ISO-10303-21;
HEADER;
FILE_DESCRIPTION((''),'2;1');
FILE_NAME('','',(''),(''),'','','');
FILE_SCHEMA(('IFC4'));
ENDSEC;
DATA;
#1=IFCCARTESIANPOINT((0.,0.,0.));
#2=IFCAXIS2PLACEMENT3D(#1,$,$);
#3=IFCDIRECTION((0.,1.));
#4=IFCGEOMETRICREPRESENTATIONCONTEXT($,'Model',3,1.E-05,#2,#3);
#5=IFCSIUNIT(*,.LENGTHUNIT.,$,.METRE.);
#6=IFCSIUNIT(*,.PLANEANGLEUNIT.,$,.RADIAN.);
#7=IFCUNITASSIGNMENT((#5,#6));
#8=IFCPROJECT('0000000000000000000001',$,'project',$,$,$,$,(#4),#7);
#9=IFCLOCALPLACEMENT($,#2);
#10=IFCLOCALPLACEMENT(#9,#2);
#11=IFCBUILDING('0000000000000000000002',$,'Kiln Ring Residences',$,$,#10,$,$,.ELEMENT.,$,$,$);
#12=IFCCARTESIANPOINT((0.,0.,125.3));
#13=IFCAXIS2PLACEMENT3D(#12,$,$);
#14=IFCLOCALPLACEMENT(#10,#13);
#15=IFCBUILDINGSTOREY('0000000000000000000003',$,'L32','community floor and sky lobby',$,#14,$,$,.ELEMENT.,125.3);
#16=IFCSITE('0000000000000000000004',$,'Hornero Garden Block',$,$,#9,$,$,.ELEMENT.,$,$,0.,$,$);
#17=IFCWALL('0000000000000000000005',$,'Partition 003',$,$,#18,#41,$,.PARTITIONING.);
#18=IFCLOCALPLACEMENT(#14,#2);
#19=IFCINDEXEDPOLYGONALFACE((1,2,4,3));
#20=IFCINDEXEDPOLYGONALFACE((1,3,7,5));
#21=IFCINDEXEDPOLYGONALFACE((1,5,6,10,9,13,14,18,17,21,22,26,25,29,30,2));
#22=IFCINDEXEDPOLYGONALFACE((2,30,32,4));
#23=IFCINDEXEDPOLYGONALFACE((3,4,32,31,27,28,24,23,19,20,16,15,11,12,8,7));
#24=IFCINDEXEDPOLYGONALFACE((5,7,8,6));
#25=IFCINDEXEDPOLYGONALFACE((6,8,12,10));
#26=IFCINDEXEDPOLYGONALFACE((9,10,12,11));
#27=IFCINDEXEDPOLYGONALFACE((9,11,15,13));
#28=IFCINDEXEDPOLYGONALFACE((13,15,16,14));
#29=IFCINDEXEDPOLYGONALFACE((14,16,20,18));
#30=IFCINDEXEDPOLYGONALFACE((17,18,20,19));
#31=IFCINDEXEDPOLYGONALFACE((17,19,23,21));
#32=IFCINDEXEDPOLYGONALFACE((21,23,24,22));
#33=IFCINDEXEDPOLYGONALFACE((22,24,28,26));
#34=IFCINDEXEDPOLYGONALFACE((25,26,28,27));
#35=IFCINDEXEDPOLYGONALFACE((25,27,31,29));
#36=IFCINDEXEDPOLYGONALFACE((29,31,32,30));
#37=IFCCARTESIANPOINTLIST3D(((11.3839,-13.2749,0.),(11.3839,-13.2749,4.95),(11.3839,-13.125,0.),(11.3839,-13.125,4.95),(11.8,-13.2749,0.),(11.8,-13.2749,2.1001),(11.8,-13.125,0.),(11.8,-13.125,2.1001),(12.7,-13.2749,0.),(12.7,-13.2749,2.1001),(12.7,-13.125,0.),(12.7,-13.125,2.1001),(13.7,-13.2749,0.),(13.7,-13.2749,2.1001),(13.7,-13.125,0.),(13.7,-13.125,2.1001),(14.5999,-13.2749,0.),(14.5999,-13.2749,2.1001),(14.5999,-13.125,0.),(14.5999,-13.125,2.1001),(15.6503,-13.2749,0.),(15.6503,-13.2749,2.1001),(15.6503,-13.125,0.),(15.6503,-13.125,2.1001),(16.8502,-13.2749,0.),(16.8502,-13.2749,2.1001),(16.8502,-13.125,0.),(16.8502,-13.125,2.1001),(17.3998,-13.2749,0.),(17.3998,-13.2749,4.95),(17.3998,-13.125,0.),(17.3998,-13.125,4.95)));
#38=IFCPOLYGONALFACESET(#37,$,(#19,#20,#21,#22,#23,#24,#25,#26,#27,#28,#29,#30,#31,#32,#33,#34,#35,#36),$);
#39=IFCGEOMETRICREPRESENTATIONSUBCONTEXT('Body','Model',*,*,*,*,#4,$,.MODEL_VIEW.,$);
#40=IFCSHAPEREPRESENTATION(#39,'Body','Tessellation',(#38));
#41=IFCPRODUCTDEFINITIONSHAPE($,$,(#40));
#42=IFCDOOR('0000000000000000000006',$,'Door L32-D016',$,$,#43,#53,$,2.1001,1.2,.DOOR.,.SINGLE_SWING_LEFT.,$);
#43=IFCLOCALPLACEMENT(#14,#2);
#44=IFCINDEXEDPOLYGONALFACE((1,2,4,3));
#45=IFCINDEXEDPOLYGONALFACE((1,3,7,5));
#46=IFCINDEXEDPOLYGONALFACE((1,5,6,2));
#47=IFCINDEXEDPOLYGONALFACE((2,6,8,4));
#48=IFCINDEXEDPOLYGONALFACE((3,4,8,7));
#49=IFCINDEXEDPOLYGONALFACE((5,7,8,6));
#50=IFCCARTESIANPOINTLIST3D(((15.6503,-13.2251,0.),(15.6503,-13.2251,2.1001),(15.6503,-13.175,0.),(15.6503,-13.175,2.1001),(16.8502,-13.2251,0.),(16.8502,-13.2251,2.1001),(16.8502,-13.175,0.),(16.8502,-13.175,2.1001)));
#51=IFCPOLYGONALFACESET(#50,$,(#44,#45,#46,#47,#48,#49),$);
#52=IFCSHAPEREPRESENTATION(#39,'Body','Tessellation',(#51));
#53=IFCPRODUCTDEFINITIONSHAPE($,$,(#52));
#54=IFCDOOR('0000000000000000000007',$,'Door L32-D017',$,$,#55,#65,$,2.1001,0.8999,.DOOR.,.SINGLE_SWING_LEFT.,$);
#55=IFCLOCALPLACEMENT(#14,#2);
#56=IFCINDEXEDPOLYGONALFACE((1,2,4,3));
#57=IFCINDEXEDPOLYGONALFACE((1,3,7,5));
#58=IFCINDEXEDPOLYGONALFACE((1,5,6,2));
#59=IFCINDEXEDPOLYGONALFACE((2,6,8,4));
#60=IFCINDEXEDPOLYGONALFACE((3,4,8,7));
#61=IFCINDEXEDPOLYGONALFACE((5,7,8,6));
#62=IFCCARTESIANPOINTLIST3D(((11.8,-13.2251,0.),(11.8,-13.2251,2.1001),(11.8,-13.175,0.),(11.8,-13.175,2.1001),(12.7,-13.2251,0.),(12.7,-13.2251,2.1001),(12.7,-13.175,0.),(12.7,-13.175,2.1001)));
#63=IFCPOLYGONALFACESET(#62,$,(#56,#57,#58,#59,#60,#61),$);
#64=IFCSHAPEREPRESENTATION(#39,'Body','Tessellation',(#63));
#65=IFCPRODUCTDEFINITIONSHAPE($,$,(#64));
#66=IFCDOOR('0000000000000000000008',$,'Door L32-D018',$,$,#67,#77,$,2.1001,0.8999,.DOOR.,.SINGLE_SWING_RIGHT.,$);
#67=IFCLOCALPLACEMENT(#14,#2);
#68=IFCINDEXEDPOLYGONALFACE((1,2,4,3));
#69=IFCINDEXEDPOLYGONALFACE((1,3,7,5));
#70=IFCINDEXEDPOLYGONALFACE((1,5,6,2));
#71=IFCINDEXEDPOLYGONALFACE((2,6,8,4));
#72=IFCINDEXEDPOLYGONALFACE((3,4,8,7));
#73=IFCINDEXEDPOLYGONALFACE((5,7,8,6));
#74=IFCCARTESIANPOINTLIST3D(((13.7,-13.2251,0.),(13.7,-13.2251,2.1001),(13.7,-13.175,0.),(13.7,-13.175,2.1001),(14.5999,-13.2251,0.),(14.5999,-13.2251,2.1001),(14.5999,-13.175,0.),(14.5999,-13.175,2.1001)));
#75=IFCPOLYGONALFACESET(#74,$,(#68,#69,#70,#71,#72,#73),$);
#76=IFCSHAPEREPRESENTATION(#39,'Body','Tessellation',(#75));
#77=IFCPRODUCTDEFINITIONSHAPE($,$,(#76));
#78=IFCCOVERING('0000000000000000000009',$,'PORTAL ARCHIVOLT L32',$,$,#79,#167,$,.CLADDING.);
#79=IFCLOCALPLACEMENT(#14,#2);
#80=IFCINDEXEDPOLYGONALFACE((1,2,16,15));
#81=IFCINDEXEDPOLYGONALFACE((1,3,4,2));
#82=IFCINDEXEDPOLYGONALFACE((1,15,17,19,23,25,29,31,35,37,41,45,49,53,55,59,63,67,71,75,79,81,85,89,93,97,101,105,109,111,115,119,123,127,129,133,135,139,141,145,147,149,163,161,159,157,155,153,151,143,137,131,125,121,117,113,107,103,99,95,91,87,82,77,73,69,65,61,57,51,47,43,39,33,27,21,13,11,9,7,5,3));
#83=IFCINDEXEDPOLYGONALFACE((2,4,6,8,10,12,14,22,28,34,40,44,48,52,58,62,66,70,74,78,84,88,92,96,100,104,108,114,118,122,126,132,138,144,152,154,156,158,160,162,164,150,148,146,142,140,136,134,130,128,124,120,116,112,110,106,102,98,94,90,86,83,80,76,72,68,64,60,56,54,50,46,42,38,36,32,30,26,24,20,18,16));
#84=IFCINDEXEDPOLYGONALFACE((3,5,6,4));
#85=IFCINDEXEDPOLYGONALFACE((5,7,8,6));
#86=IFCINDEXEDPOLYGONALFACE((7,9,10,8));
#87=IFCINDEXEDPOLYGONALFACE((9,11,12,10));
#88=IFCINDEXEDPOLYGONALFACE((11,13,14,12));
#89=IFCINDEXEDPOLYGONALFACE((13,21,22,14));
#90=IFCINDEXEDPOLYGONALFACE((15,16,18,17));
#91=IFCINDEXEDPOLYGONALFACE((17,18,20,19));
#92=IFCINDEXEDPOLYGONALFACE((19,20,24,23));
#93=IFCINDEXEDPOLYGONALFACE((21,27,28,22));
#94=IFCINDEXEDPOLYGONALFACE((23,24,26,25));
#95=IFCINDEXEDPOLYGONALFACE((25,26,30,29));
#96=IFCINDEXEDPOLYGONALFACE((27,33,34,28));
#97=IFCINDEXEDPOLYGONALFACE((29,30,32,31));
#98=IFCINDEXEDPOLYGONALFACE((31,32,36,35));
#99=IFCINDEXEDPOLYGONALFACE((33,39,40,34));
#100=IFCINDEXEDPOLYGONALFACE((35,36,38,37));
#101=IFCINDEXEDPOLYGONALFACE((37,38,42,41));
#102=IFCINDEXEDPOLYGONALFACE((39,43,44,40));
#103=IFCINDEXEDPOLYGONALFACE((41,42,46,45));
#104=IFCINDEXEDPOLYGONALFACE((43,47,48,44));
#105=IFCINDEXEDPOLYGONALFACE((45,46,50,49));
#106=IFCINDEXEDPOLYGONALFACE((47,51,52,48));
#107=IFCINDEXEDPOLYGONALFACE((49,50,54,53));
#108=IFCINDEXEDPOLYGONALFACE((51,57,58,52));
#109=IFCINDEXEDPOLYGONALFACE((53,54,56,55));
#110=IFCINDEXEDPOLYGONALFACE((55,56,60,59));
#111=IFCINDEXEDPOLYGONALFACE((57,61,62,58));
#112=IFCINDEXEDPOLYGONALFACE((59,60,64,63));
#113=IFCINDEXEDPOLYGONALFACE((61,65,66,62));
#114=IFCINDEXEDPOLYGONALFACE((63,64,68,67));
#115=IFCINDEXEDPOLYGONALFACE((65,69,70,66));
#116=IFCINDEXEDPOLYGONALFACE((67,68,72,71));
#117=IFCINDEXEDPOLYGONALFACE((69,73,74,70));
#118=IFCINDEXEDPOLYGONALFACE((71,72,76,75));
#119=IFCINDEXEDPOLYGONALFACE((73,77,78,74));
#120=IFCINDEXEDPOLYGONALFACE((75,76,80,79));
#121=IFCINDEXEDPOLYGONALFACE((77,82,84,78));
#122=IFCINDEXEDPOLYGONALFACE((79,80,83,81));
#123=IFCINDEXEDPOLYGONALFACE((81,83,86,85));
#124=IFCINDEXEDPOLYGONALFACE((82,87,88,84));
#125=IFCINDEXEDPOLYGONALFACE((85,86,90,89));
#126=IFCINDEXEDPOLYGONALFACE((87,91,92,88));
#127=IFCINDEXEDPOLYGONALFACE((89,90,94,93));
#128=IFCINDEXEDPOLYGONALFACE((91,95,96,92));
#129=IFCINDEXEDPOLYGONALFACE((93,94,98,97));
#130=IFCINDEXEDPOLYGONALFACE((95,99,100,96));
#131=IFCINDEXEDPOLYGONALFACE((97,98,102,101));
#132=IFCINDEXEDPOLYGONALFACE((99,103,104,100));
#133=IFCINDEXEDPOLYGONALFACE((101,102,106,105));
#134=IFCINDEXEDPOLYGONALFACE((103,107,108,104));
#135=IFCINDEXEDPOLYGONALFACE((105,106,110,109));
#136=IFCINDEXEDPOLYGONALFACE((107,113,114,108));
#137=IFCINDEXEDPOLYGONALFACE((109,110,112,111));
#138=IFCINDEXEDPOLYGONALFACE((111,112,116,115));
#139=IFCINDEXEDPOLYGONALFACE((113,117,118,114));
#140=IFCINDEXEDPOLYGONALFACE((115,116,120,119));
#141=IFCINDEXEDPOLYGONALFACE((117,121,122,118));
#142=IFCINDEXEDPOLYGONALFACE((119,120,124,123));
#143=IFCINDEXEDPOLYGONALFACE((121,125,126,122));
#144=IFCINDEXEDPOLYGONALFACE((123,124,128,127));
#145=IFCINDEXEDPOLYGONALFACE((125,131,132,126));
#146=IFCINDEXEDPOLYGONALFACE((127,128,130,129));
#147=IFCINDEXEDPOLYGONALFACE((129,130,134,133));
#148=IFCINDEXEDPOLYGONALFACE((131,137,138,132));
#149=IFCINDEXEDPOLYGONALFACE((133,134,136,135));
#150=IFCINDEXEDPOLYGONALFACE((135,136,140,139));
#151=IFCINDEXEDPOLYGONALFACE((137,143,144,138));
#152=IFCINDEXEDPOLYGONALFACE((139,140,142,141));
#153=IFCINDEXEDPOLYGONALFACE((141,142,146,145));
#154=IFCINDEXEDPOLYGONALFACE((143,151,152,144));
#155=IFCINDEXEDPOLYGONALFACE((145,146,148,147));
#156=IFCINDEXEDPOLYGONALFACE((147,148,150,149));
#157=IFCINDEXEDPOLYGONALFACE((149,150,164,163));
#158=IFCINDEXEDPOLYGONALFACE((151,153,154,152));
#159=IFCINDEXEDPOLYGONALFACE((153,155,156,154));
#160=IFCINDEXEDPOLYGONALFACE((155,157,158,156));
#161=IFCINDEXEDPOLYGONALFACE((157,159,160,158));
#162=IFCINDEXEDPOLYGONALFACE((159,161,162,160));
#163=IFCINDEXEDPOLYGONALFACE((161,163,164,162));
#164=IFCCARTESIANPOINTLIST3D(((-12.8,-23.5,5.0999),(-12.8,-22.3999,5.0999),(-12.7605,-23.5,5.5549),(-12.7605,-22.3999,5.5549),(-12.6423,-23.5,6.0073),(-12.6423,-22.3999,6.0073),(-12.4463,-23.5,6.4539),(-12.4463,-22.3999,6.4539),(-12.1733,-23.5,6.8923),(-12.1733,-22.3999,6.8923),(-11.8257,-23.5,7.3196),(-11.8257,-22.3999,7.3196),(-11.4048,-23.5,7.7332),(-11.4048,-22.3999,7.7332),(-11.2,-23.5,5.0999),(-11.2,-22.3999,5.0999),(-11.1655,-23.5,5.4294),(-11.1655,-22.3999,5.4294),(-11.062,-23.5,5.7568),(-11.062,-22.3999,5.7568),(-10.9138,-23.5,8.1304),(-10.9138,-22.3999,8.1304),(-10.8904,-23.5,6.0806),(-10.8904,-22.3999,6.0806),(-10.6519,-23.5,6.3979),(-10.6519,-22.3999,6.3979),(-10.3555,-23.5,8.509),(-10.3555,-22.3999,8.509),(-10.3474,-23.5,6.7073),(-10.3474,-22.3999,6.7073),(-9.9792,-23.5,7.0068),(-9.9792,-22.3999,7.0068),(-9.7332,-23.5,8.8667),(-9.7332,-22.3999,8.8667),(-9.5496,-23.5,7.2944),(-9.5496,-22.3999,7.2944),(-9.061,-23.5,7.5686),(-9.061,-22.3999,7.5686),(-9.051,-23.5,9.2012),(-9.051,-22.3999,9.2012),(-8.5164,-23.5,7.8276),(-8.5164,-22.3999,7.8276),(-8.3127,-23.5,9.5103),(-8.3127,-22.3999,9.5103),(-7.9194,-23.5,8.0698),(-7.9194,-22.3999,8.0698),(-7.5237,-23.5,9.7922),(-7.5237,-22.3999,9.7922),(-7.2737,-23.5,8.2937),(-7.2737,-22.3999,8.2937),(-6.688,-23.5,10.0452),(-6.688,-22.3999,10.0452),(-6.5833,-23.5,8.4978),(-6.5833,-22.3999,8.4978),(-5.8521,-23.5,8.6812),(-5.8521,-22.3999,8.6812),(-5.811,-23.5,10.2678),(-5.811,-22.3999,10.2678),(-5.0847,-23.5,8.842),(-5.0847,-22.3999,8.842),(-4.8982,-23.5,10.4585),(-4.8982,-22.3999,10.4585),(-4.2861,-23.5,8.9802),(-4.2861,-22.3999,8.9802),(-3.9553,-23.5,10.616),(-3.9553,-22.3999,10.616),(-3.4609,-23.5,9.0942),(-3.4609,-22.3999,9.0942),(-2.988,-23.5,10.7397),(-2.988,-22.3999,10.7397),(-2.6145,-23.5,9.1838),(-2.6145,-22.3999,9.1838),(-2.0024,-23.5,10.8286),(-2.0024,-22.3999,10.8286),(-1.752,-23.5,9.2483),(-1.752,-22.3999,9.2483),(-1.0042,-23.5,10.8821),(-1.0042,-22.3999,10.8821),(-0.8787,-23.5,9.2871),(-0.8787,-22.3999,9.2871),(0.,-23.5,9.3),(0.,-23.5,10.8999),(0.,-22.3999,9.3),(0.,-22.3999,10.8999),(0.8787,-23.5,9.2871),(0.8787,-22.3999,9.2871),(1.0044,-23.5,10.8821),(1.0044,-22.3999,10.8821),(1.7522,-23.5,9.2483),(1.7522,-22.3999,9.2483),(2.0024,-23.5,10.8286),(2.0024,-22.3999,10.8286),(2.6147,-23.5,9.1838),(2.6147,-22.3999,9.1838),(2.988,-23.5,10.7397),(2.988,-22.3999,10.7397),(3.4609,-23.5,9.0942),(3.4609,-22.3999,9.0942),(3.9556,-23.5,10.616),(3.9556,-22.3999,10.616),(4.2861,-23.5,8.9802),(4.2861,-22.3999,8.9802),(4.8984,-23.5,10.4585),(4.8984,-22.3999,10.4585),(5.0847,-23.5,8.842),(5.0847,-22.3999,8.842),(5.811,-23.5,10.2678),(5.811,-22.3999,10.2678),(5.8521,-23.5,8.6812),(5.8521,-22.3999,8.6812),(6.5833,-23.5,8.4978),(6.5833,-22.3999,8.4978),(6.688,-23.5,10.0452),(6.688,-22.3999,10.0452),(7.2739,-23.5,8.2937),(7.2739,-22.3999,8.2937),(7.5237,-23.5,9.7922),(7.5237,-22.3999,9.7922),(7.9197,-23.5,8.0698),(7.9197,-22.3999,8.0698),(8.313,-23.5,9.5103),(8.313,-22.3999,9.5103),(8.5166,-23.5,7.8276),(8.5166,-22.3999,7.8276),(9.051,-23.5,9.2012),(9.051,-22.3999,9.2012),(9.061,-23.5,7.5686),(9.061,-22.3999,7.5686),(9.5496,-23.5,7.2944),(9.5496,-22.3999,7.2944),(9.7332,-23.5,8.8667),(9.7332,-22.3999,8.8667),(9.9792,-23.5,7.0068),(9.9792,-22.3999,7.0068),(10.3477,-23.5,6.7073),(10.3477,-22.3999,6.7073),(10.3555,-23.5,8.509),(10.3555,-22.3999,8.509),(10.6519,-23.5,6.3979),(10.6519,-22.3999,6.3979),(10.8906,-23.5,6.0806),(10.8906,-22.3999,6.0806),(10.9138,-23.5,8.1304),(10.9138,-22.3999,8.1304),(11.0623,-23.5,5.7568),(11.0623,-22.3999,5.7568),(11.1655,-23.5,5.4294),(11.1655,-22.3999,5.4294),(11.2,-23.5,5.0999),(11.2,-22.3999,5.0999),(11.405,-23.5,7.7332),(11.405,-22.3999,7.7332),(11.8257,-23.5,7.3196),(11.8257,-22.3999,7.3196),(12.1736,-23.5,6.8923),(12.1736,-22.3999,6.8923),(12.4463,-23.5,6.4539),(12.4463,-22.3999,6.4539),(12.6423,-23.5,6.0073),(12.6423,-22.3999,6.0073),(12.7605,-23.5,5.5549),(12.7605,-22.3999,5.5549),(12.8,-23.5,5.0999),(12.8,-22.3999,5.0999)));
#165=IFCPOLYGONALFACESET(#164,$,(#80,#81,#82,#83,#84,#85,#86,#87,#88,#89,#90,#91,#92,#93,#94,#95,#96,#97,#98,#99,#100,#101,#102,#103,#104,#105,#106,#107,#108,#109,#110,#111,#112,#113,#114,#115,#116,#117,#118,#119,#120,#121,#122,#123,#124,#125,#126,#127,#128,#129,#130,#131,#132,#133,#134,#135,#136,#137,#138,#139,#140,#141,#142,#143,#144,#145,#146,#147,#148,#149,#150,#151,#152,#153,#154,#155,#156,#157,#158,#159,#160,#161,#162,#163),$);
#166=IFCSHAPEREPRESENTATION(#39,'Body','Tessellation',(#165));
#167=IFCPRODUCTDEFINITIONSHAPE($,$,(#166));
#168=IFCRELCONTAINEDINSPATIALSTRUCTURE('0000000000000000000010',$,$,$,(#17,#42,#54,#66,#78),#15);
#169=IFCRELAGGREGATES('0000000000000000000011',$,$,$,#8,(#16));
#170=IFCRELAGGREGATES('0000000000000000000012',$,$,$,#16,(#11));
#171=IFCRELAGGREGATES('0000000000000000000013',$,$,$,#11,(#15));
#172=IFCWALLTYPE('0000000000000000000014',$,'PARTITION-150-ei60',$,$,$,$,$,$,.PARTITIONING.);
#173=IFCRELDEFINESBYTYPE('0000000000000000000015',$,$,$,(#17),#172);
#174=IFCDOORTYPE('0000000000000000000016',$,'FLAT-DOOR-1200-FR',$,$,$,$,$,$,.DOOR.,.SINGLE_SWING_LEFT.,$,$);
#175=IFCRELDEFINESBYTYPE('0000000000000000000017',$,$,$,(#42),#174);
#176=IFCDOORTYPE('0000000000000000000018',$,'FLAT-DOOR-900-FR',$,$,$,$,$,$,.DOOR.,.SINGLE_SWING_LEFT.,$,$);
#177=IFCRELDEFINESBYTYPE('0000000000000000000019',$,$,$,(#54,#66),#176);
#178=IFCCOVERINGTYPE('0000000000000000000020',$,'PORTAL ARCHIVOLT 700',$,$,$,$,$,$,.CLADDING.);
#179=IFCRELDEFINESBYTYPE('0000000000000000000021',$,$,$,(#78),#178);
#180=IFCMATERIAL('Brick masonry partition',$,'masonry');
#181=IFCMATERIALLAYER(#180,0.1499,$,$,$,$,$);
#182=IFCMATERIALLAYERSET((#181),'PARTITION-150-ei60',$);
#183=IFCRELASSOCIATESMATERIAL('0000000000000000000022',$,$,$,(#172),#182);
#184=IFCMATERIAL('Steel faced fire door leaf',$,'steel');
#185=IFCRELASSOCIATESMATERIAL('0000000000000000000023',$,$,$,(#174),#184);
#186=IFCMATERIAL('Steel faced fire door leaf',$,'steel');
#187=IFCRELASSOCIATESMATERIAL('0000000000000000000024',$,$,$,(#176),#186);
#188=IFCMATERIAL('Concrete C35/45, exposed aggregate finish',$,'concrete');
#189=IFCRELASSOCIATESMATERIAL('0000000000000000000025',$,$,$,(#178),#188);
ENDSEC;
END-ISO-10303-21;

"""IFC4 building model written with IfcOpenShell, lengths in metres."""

from ifc_helpers import new_model, si_unit, direction, frame, frame_2d, origin, place, context, subcontext, project, spatial, polyline, rectangle, outline, extrude, material, layer, layer_set, type_object, element, fill, save


model = new_model("IFC4")

# Units and contexts
model_context = context("Model", 3, precision=1e-05, world=origin(), true_north=direction((0.0, 1.0)))
body_context = subcontext(model_context, "Body", "Model", "MODEL_VIEW")
ifc_project = project(units=[si_unit("LENGTHUNIT", "METRE"), si_unit("PLANEANGLEUNIT", "RADIAN")], contexts=[model_context])

# Site, building, storey
site_placement = place(None, origin())
site = spatial("IfcSite", under=ifc_project, at=site_placement, Name="Hornero Garden Block", CompositionType="ELEMENT", RefElevation=0.0)
building_placement = place(site_placement, origin())
building = spatial("IfcBuilding", under=site, at=building_placement, Name="Kiln Ring Residences", CompositionType="ELEMENT")
storey_placement = place(building_placement, frame((0.0, 0.0, 125.3)))
storey = spatial("IfcBuildingStorey", under=building, at=storey_placement, Name="L32", Description="community floor and sky lobby", CompositionType="ELEMENT", Elevation=125.3)

# Wall, openings, doors
ifc_material_1 = material(Name="Brick masonry partition", Category="masonry")
ifc_layer_1 = layer(ifc_material_1, 0.1499)
ifc_layer_set_1 = layer_set([ifc_layer_1], Name="PARTITION-150-ei60")
wall_type_1 = type_object("IfcWallType", Name="PARTITION-150-ei60", PredefinedType="PARTITIONING", material=ifc_layer_set_1)
wall_1_placement = place(storey_placement, frame((11.384, -13.2, 0.0), z_axis=(0.0, 0.0, 1.0), x_axis=(1.0, 0.0, 0.0)))
wall_1 = element("IfcWall", 1, at=wall_1_placement, inside=storey, type_object=wall_type_1, Name="Partition 003", PredefinedType="PARTITIONING", context=body_context, shape_type="SweptSolid", body=[
    extrude(rectangle(XDim=6.0159, YDim=0.1499, at=frame_2d((3.0078, 0.0))), origin(), (0.0, 0.0, 1.0), 4.95),
])
opening_1_placement = place(wall_1_placement, frame((4.2661, 0.0, 0.0)))
opening_1 = element("IfcOpeningElement", 2, at=opening_1_placement, cuts=wall_1, PredefinedType="OPENING", context=body_context, shape_type="SweptSolid", body=[
    extrude(rectangle(XDim=1.2, YDim=2.1001, at=frame_2d((0.6001, 1.05))), frame((0.0, 0.085, 0.0), z_axis=(0.0, -1.0, 0.0), x_axis=(1.0, 0.0, 0.0)), (0.0, 0.0, 1.0), 0.1699),
])
opening_2_placement = place(wall_1_placement, frame((0.416, 0.0, 0.0)))
opening_2 = element("IfcOpeningElement", 3, at=opening_2_placement, cuts=wall_1, PredefinedType="OPENING", context=body_context, shape_type="SweptSolid", body=[
    extrude(rectangle(XDim=0.8999, YDim=2.1001, at=frame_2d((0.45, 1.05))), frame((0.0, 0.085, 0.0), z_axis=(0.0, -1.0, 0.0), x_axis=(1.0, 0.0, 0.0)), (0.0, 0.0, 1.0), 0.1699),
])
opening_3_placement = place(wall_1_placement, frame((2.3159, 0.0, 0.0)))
opening_3 = element("IfcOpeningElement", 4, at=opening_3_placement, cuts=wall_1, PredefinedType="OPENING", context=body_context, shape_type="SweptSolid", body=[
    extrude(rectangle(XDim=0.8999, YDim=2.1001, at=frame_2d((0.45, 1.05))), frame((0.0, 0.085, 0.0), z_axis=(0.0, -1.0, 0.0), x_axis=(1.0, 0.0, 0.0)), (0.0, 0.0, 1.0), 0.1699),
])
ifc_material_2 = material(Name="Steel faced fire door leaf", Category="steel")
door_type_1 = type_object("IfcDoorType", Name="FLAT-DOOR-1200-FR", OperationType="SINGLE_SWING_LEFT", PredefinedType="DOOR", material=ifc_material_2)
door_1_placement = place(opening_1_placement, origin())
door_1 = element("IfcDoor", 5, at=door_1_placement, inside=storey, type_object=door_type_1, Name="Door L32-D016", OperationType="SINGLE_SWING_LEFT", OverallHeight=2.1001, OverallWidth=1.2, PredefinedType="DOOR", context=body_context, shape_type="SweptSolid", body=[
    extrude(rectangle(XDim=1.2, YDim=2.1001, at=frame_2d((0.6001, 1.05))), frame((0.0, 0.0249, 0.0), z_axis=(0.0, -1.0, 0.0), x_axis=(1.0, 0.0, 0.0)), (0.0, 0.0, 1.0), 0.05),
])
fill(opening_1, door_1)
ifc_material_3 = material(Name="Steel faced fire door leaf", Category="steel")
door_type_2 = type_object("IfcDoorType", Name="FLAT-DOOR-900-FR", OperationType="SINGLE_SWING_LEFT", PredefinedType="DOOR", material=ifc_material_3)
door_2_placement = place(opening_2_placement, origin())
door_2 = element("IfcDoor", 6, at=door_2_placement, inside=storey, type_object=door_type_2, Name="Door L32-D017", OperationType="SINGLE_SWING_LEFT", OverallHeight=2.1001, OverallWidth=0.8999, PredefinedType="DOOR", context=body_context, shape_type="SweptSolid", body=[
    extrude(rectangle(XDim=0.8999, YDim=2.1001, at=frame_2d((0.45, 1.05))), frame((0.0, 0.0249, 0.0), z_axis=(0.0, -1.0, 0.0), x_axis=(1.0, 0.0, 0.0)), (0.0, 0.0, 1.0), 0.05),
])
fill(opening_2, door_2)
door_3_placement = place(opening_3_placement, origin())
door_3 = element("IfcDoor", 7, at=door_3_placement, inside=storey, type_object=door_type_2, Name="Door L32-D018", OperationType="SINGLE_SWING_RIGHT", OverallHeight=2.1001, OverallWidth=0.8999, PredefinedType="DOOR", context=body_context, shape_type="SweptSolid", body=[
    extrude(rectangle(XDim=0.8999, YDim=2.1001, at=frame_2d((0.45, 1.05))), frame((0.0, 0.0249, 0.0), z_axis=(0.0, -1.0, 0.0), x_axis=(1.0, 0.0, 0.0)), (0.0, 0.0, 1.0), 0.05),
])
fill(opening_3, door_3)

# Covering
ifc_material_4 = material(Name="Concrete C35/45, exposed aggregate finish", Category="concrete")
covering_type_1 = type_object("IfcCoveringType", Name="PORTAL ARCHIVOLT 700", PredefinedType="CLADDING", material=ifc_material_4)
covering_1_placement = place(storey_placement, frame((12.8, -22.95, 5.0999), z_axis=(0.0, 0.0, 1.0), x_axis=(-1.0, 0.0, 0.0)))
element("IfcCovering", 8, at=covering_1_placement, inside=storey, type_object=covering_type_1, Name="PORTAL ARCHIVOLT L32", PredefinedType="CLADDING", context=body_context, shape_type="SweptSolid", body=[
    extrude(outline(polyline([(0.0, 0.0), (0.0396, 0.4551), (0.1577, 0.9075), (0.3538, 1.354), (0.6265, 1.7925), (0.9744, 2.2197), (1.395, 2.6333), (1.8862, 3.0305), (2.4446, 3.4092), (3.0669, 3.7668), (3.749, 4.1013), (4.4871, 4.4104), (5.2764, 4.6924), (6.1121, 4.9453), (6.989, 5.168), (7.9016, 5.3586), (8.8445, 5.5161), (9.812, 5.6399), (10.7976, 5.7288), (11.7957, 5.7822), (12.8, 5.8), (13.8042, 5.7822), (14.8025, 5.7288), (15.7881, 5.6399), (16.7554, 5.5161), (17.6982, 5.3586), (18.6111, 5.168), (19.488, 4.9453), (20.3237, 4.6924), (21.1128, 4.4104), (21.8511, 4.1013), (22.5332, 3.7668), (23.1555, 3.4092), (23.7139, 3.0305), (24.2048, 2.6333), (24.6257, 2.2197), (24.9734, 1.7925), (25.2463, 1.354), (25.4424, 0.9075), (25.5605, 0.4551), (25.6001, 0.0), (24.0, 0.0), (23.9656, 0.3296), (23.8621, 0.657), (23.6904, 0.9807), (23.4519, 1.2981), (23.1475, 1.6074), (22.7793, 1.907), (22.3496, 2.1946), (21.8611, 2.4688), (21.3164, 2.7278), (20.7195, 2.97), (20.0737, 3.1938), (19.3833, 3.3979), (18.6521, 3.5813), (17.8848, 3.7422), (17.0862, 3.8804), (16.261, 3.9944), (15.4146, 4.084), (14.552, 4.1484), (13.6787, 4.1873), (12.8, 4.2002), (11.9214, 4.1873), (11.0479, 4.1484), (10.1853, 4.084), (9.3391, 3.9944), (8.5139, 3.8804), (7.7153, 3.7422), (6.948, 3.5813), (6.2168, 3.3979), (5.5261, 3.1938), (4.8804, 2.97), (4.2834, 2.7278), (3.739, 2.4688), (3.2505, 2.1946), (2.8208, 1.907), (2.4524, 1.6074), (2.1482, 1.2981), (1.9094, 0.9807), (1.7378, 0.657), (1.6345, 0.3296), (1.6001, 0.0), (0.0, 0.0)])), frame((0.0, 0.55, 0.0), z_axis=(0.0, -1.0, 0.0), x_axis=(1.0, 0.0, 0.0)), (0.0, 0.0, 1.0), 1.1001),
])

save(model, "model.ifc")
